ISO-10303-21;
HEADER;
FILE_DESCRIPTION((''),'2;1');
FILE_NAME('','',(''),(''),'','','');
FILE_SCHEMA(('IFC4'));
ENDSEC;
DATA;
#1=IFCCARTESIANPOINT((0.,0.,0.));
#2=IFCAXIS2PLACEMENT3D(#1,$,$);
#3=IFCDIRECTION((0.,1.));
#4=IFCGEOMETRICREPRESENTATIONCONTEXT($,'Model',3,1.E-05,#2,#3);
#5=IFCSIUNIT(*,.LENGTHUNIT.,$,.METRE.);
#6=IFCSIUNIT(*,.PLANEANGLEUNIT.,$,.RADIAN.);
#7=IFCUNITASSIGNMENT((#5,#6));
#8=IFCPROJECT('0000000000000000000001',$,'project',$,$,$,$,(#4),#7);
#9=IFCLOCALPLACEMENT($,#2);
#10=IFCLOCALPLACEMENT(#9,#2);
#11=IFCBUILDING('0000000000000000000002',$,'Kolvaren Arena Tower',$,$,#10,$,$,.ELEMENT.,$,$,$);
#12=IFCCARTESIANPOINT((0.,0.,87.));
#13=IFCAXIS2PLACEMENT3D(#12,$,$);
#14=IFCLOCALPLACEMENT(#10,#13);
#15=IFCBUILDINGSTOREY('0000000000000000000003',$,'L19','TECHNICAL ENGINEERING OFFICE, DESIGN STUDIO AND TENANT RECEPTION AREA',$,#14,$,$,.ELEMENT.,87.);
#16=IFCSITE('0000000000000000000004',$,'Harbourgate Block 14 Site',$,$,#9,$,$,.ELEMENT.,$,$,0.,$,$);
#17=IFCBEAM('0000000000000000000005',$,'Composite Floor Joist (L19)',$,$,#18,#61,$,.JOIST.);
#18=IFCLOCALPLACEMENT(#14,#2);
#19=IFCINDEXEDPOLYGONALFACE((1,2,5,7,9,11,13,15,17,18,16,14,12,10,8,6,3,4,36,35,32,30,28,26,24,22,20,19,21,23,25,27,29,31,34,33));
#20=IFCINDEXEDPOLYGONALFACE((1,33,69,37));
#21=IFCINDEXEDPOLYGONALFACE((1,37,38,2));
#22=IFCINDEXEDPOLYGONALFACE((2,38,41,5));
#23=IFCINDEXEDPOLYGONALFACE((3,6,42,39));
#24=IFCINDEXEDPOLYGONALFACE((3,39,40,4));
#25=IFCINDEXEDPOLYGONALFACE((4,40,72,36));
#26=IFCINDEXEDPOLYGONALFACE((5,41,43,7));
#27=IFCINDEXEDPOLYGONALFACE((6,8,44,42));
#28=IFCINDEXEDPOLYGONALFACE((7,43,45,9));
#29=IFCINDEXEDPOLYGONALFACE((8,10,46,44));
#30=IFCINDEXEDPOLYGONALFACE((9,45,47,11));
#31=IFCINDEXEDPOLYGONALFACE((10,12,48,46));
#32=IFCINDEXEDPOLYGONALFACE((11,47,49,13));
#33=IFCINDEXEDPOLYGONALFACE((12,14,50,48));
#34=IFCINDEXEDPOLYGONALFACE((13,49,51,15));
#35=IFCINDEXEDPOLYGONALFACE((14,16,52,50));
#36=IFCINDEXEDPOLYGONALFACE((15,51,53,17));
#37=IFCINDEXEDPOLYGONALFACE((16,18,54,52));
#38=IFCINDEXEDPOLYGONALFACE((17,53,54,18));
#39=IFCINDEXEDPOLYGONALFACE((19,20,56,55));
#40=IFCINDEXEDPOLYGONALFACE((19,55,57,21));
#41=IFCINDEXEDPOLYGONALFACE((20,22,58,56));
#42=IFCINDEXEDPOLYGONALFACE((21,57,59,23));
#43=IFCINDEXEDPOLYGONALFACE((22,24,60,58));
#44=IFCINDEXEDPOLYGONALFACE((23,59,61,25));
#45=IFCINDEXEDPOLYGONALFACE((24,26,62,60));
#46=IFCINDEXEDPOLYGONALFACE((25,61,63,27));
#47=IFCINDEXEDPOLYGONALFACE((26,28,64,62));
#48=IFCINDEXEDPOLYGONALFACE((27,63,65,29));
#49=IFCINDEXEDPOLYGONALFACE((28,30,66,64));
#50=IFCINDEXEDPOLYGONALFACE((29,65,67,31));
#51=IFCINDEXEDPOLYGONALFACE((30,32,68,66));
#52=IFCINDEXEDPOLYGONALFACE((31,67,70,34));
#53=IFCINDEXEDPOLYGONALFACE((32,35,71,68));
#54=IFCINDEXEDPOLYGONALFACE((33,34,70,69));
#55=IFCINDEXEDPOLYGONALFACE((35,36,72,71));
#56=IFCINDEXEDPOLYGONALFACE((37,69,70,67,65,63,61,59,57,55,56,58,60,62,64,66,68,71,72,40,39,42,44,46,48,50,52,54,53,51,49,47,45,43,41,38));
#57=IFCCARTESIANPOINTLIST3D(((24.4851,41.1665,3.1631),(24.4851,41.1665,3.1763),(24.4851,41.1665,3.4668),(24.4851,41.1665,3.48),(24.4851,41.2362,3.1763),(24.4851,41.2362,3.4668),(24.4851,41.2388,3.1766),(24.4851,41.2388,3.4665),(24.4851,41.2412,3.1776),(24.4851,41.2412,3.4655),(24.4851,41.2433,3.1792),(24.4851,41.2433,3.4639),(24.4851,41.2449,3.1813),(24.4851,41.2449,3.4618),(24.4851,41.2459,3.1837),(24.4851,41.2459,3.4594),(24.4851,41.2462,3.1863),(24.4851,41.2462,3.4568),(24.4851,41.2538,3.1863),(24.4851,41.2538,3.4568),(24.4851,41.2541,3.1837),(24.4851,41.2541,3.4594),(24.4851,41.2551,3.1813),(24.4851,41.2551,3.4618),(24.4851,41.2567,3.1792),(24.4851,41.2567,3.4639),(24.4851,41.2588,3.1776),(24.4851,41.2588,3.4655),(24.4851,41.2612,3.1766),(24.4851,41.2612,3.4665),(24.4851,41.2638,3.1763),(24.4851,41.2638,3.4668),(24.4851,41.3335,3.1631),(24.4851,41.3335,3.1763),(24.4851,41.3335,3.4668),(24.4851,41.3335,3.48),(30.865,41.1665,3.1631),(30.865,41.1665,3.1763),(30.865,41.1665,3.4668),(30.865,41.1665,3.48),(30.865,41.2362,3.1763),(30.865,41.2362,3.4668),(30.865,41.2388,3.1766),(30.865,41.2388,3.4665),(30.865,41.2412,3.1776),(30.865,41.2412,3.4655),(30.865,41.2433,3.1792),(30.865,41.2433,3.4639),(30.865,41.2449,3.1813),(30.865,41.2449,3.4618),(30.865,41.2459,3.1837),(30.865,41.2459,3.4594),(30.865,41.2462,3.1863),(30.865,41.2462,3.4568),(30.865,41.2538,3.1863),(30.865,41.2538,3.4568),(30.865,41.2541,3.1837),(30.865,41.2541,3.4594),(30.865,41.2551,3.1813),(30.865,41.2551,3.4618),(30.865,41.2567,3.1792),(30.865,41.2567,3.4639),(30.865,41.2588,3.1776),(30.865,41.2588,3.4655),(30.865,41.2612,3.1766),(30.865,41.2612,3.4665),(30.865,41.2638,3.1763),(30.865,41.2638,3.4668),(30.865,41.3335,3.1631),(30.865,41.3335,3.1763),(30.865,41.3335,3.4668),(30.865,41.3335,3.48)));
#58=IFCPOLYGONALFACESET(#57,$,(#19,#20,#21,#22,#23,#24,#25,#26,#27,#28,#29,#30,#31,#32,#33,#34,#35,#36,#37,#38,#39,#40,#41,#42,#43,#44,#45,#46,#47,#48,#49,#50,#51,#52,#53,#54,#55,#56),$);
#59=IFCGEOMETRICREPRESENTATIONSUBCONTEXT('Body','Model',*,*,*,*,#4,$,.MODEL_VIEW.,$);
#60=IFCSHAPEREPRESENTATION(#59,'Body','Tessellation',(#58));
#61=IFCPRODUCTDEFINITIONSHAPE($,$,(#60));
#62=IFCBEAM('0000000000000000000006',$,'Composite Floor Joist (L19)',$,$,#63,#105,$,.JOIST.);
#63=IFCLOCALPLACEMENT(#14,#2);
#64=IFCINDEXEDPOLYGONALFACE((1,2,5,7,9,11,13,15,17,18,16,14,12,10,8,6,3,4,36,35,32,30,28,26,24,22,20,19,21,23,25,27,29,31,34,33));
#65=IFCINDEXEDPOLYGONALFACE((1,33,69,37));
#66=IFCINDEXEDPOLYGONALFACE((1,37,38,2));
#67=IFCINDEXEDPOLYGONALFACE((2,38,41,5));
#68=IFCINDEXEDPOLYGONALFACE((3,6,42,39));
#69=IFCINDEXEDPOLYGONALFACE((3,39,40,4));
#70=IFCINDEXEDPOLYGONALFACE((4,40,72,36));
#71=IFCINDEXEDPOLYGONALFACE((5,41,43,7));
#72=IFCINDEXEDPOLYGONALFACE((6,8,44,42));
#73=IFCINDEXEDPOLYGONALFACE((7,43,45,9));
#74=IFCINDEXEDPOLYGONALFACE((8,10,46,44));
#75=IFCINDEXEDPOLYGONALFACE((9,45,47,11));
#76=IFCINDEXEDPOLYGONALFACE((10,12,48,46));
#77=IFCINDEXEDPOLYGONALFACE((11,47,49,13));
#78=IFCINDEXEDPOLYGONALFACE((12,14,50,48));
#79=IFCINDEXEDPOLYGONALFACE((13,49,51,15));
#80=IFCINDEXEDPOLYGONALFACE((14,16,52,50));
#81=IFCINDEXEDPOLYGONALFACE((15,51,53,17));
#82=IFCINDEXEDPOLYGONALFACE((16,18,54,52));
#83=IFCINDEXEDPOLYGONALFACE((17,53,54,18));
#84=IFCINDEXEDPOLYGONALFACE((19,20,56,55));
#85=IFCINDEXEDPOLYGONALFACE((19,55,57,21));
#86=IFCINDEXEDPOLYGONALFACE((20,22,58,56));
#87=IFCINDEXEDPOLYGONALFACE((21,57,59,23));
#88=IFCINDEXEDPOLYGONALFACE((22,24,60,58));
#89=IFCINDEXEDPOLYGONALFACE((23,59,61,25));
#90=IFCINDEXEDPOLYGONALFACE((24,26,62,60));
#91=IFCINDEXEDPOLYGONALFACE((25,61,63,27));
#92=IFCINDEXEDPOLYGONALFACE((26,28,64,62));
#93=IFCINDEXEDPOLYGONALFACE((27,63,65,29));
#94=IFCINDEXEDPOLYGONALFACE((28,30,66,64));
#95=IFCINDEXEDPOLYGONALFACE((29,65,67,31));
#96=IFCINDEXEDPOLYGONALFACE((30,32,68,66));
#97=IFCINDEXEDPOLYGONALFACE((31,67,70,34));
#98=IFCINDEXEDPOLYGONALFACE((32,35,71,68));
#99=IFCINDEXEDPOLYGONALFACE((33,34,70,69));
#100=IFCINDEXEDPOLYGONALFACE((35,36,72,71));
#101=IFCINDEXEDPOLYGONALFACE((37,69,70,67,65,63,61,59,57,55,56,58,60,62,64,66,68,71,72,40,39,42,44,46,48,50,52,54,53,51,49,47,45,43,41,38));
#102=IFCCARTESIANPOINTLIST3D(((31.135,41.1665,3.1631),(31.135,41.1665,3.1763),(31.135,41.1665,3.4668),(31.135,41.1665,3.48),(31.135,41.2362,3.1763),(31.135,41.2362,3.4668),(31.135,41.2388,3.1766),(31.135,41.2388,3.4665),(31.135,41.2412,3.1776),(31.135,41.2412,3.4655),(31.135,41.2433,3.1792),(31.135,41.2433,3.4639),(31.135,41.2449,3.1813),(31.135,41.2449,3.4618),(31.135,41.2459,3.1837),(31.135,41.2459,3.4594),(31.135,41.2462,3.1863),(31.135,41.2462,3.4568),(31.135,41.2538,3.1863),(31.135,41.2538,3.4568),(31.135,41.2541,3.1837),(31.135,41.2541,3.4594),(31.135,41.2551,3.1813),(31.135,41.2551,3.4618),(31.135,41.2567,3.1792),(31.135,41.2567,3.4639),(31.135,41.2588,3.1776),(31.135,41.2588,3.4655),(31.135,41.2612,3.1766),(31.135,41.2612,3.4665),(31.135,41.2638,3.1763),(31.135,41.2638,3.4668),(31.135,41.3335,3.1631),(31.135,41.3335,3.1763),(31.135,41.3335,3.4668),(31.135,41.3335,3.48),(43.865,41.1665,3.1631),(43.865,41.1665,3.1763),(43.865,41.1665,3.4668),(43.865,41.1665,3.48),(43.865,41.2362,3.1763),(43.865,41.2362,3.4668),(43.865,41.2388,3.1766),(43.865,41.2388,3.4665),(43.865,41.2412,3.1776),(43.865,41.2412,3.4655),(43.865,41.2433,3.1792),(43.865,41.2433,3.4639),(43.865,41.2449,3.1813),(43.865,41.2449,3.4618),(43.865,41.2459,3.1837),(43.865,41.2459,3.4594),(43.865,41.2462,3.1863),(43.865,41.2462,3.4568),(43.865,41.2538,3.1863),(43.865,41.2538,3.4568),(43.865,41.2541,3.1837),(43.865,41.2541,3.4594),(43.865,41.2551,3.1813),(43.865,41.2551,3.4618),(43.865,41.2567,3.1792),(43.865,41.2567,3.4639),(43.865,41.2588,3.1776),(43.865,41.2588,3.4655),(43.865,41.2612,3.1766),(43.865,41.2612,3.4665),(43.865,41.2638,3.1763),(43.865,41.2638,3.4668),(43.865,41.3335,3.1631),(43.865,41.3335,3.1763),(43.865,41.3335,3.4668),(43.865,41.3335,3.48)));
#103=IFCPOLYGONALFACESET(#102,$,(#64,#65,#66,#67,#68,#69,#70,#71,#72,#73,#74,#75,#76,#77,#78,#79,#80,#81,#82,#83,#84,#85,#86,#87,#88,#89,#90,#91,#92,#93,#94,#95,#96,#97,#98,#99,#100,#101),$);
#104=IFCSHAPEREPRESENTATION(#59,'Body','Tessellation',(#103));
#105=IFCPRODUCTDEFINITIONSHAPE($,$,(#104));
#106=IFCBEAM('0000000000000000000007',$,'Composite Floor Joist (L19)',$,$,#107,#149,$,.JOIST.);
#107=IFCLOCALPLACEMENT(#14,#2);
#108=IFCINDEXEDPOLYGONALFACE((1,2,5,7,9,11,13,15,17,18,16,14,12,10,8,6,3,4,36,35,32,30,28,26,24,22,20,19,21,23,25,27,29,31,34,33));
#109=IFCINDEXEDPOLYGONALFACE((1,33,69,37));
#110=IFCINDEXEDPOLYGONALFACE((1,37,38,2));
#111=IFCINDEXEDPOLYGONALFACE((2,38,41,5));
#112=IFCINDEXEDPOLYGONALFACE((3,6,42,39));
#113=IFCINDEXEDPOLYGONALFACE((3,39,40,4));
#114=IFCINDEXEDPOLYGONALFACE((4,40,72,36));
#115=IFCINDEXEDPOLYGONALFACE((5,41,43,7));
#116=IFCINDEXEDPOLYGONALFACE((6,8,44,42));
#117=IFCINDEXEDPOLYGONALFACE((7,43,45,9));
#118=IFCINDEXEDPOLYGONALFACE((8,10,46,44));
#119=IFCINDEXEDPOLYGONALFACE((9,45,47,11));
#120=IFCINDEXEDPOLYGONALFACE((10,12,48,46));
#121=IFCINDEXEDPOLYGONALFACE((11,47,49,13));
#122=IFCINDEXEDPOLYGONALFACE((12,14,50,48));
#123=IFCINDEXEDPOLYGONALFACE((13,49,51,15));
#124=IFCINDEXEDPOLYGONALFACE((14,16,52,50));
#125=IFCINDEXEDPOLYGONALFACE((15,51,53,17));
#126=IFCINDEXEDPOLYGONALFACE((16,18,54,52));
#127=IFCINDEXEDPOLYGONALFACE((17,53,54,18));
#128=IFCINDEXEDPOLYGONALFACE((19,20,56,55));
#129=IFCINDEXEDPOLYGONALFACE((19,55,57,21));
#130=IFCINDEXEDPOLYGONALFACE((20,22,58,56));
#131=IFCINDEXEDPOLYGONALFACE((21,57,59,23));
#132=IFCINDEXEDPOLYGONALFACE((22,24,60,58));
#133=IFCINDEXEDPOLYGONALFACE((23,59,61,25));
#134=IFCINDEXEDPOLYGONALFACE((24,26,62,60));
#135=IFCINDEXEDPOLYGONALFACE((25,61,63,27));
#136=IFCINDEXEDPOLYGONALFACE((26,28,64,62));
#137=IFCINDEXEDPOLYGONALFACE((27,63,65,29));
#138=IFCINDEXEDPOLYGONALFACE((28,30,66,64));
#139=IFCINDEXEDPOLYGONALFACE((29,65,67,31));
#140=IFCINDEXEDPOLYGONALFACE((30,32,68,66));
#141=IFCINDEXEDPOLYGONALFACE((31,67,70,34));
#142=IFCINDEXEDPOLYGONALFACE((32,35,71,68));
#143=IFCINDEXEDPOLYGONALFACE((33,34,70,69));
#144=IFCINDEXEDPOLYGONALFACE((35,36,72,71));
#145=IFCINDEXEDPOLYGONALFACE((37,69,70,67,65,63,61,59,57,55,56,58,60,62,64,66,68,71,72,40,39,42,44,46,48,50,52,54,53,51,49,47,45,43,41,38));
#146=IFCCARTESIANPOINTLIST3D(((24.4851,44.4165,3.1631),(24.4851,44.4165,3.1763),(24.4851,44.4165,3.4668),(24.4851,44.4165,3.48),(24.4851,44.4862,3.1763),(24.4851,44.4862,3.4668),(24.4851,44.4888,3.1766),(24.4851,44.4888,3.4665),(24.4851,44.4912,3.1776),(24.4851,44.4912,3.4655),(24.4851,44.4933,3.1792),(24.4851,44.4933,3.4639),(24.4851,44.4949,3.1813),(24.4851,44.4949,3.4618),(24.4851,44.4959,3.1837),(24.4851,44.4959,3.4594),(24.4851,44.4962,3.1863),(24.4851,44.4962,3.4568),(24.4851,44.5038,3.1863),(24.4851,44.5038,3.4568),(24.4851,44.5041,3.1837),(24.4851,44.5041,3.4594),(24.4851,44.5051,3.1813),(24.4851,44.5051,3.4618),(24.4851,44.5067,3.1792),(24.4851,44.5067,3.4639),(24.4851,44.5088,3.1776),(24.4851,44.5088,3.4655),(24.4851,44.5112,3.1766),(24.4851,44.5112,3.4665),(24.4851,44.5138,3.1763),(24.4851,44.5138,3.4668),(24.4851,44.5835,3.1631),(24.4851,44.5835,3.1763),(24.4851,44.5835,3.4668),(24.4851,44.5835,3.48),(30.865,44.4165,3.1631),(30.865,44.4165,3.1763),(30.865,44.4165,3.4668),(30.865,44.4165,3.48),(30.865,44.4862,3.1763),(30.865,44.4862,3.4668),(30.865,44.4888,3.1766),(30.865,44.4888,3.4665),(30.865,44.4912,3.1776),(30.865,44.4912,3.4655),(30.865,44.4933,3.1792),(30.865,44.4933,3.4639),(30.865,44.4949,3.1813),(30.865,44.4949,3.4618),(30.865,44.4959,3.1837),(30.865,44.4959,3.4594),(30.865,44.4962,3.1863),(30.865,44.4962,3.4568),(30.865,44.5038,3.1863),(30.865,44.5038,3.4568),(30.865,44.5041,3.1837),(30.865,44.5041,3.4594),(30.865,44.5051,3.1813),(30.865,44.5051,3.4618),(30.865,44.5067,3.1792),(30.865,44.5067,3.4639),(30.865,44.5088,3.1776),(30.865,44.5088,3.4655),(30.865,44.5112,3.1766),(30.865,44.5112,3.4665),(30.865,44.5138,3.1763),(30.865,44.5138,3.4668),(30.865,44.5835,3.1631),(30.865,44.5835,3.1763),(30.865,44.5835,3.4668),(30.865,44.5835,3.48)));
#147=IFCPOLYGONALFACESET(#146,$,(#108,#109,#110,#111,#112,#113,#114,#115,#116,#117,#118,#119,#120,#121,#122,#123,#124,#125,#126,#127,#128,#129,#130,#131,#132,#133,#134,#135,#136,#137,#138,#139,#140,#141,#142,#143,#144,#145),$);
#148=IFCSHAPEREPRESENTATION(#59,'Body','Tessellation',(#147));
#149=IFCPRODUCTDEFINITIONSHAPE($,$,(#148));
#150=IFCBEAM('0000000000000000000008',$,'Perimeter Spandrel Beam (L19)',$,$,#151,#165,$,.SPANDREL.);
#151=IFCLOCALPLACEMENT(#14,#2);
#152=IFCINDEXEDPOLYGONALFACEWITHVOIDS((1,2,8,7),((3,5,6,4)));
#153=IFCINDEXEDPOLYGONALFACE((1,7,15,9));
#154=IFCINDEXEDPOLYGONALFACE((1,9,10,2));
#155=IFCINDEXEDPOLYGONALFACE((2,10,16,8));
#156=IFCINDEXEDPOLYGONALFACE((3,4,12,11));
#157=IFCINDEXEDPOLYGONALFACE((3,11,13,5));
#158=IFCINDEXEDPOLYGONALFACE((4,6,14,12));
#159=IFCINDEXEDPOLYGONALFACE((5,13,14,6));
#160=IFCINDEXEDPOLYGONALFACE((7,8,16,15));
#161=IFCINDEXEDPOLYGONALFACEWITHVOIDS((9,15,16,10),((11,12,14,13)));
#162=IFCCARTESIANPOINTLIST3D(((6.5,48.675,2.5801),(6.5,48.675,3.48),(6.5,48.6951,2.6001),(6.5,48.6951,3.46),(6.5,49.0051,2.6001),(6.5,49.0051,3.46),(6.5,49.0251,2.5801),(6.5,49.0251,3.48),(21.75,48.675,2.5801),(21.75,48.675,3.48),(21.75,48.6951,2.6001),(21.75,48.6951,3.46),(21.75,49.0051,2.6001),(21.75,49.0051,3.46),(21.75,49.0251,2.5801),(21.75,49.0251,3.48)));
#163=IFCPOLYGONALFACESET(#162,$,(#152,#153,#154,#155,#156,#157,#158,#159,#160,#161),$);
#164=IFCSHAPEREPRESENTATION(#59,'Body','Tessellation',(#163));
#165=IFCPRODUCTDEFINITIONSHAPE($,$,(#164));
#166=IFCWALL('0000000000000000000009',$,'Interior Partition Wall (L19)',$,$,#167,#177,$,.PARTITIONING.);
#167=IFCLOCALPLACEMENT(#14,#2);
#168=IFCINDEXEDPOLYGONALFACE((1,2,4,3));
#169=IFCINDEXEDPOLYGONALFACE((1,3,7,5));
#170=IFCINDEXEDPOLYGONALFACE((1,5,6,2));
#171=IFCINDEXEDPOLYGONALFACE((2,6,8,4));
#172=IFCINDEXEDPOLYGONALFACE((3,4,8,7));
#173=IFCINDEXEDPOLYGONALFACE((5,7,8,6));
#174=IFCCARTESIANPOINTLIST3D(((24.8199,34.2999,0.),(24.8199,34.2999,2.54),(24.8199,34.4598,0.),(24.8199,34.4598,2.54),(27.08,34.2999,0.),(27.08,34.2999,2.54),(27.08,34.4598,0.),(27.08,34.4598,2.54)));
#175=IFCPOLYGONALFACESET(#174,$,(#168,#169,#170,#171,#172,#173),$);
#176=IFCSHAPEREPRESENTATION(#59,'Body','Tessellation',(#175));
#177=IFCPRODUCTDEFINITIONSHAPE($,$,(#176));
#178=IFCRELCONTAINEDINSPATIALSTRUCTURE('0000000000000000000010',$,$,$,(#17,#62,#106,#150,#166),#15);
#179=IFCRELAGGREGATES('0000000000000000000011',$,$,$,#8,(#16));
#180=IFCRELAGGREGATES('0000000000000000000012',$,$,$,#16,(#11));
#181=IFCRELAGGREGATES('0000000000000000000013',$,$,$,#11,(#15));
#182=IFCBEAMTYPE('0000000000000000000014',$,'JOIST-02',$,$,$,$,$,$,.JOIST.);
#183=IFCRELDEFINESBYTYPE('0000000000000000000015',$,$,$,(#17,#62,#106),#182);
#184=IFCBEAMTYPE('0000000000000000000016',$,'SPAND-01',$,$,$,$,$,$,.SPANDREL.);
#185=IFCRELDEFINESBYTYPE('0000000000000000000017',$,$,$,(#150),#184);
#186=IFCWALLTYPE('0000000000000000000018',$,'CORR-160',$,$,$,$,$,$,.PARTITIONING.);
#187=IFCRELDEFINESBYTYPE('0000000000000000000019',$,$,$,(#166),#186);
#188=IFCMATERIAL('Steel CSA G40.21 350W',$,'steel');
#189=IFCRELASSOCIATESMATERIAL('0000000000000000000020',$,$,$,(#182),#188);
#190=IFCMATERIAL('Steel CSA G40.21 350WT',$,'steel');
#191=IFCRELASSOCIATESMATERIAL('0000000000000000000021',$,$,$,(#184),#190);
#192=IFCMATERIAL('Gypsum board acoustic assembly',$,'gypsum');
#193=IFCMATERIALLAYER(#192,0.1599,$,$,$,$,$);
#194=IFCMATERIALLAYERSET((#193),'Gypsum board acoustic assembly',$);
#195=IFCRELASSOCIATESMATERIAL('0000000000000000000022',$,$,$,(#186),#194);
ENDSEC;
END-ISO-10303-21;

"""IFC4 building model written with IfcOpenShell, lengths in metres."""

from ifc_helpers import new_model, si_unit, direction, frame, frame_2d, origin, origin_2d, place, context, subcontext, project, spatial, rectangle, hollow_rectangle, i_section, extrude, material, layer, layer_set, material_profile, profile_set, type_object, element, save


model = new_model("IFC4")

# Units and contexts
model_context = context("Model", 3, precision=1e-05, world=origin(), true_north=direction((0.0, 1.0)))
body_context = subcontext(model_context, "Body", "Model", "MODEL_VIEW")
ifc_project = project(units=[si_unit("LENGTHUNIT", "METRE"), si_unit("PLANEANGLEUNIT", "RADIAN")], contexts=[model_context])

# Site, building, storey
site_placement = place(None, origin())
site = spatial("IfcSite", under=ifc_project, at=site_placement, Name="Harbourgate Block 14 Site", CompositionType="ELEMENT", RefElevation=0.0)
building_placement = place(site_placement, origin())
building = spatial("IfcBuilding", under=site, at=building_placement, Name="Kolvaren Arena Tower", CompositionType="ELEMENT")
storey_placement = place(building_placement, frame((0.0, 0.0, 87.0)))
storey = spatial("IfcBuildingStorey", under=building, at=storey_placement, Name="L19", Description="TECHNICAL ENGINEERING OFFICE, DESIGN STUDIO AND TENANT RECEPTION AREA", CompositionType="ELEMENT", Elevation=87.0)

# Beams
ifc_material_1 = material(Name="Steel CSA G40.21 350W", Category="steel")
ifc_material_profile_1 = material_profile(ifc_material_1, i_section(OverallWidth=0.167, OverallDepth=0.3169, WebThickness=0.0076, FlangeThickness=0.0132, FilletRadius=0.01, at=origin_2d()), Name="W310x52")
ifc_profile_set_1 = profile_set([ifc_material_profile_1], Name="Steel CSA G40.21 350W")
beam_type_1 = type_object("IfcBeamType", Name="JOIST-02", PredefinedType="JOIST", material=ifc_profile_set_1)
beam_1_placement = place(storey_placement, frame((24.4851, 41.25, 3.3215), z_axis=(1.0, 0.0, 0.0), x_axis=(0.0, 1.0, 0.0)))
element("IfcBeam", 1, at=beam_1_placement, inside=storey, type_object=beam_type_1, Name="Composite Floor Joist (L19)", PredefinedType="JOIST", context=body_context, shape_type="SweptSolid", body=[
    extrude(i_section(OverallWidth=0.167, OverallDepth=0.3169, WebThickness=0.0076, FlangeThickness=0.0132, FilletRadius=0.01, at=origin_2d()), origin(), (0.0, 0.0, 1.0), 6.3799),
])
beam_2_placement = place(storey_placement, frame((31.135, 41.25, 3.3215), z_axis=(1.0, 0.0, 0.0), x_axis=(0.0, 1.0, 0.0)))
element("IfcBeam", 2, at=beam_2_placement, inside=storey, type_object=beam_type_1, Name="Composite Floor Joist (L19)", PredefinedType="JOIST", context=body_context, shape_type="SweptSolid", body=[
    extrude(i_section(OverallWidth=0.167, OverallDepth=0.3169, WebThickness=0.0076, FlangeThickness=0.0132, FilletRadius=0.01, at=origin_2d()), origin(), (0.0, 0.0, 1.0), 12.73),
])
beam_3_placement = place(storey_placement, frame((24.4851, 44.5, 3.3215), z_axis=(1.0, 0.0, 0.0), x_axis=(0.0, 1.0, 0.0)))
element("IfcBeam", 3, at=beam_3_placement, inside=storey, type_object=beam_type_1, Name="Composite Floor Joist (L19)", PredefinedType="JOIST", context=body_context, shape_type="SweptSolid", body=[
    extrude(i_section(OverallWidth=0.167, OverallDepth=0.3169, WebThickness=0.0076, FlangeThickness=0.0132, FilletRadius=0.01, at=origin_2d()), origin(), (0.0, 0.0, 1.0), 6.3799),
])
ifc_material_2 = material(Name="Steel CSA G40.21 350WT", Category="steel")
ifc_material_profile_2 = material_profile(ifc_material_2, hollow_rectangle(XDim=0.3501, YDim=0.8999, WallThickness=0.02, at=origin_2d()), Name="HSS 900x350x20")
ifc_profile_set_2 = profile_set([ifc_material_profile_2], Name="Steel CSA G40.21 350WT")
beam_type_2 = type_object("IfcBeamType", Name="SPAND-01", PredefinedType="SPANDREL", material=ifc_profile_set_2)
beam_4_placement = place(storey_placement, frame((21.75, 48.8501, 3.03), z_axis=(-1.0, 0.0, 0.0), x_axis=(0.0, -1.0, 0.0)))
element("IfcBeam", 4, at=beam_4_placement, inside=storey, type_object=beam_type_2, Name="Perimeter Spandrel Beam (L19)", PredefinedType="SPANDREL", context=body_context, shape_type="SweptSolid", body=[
    extrude(hollow_rectangle(XDim=0.3501, YDim=0.8999, WallThickness=0.02, at=origin_2d()), origin(), (0.0, 0.0, 1.0), 15.25),
])

# Wall
ifc_material_3 = material(Name="Gypsum board acoustic assembly", Category="gypsum")
ifc_layer = layer(ifc_material_3, 0.1599)
ifc_layer_set = layer_set([ifc_layer], Name="Gypsum board acoustic assembly")
wall_type = type_object("IfcWallType", Name="CORR-160", PredefinedType="PARTITIONING", material=ifc_layer_set)
wall_placement = place(storey_placement, frame((24.8201, 34.3799, 0.0), z_axis=(0.0, 0.0, 1.0), x_axis=(1.0, 0.0, 0.0)))
element("IfcWall", 5, at=wall_placement, inside=storey, type_object=wall_type, Name="Interior Partition Wall (L19)", PredefinedType="PARTITIONING", context=body_context, shape_type="SweptSolid", body=[
    extrude(rectangle(XDim=2.26, YDim=0.1599, at=frame_2d((1.1299, 0.0))), origin(), (0.0, 0.0, 1.0), 2.54),
])

save(model, "model.ifc")
